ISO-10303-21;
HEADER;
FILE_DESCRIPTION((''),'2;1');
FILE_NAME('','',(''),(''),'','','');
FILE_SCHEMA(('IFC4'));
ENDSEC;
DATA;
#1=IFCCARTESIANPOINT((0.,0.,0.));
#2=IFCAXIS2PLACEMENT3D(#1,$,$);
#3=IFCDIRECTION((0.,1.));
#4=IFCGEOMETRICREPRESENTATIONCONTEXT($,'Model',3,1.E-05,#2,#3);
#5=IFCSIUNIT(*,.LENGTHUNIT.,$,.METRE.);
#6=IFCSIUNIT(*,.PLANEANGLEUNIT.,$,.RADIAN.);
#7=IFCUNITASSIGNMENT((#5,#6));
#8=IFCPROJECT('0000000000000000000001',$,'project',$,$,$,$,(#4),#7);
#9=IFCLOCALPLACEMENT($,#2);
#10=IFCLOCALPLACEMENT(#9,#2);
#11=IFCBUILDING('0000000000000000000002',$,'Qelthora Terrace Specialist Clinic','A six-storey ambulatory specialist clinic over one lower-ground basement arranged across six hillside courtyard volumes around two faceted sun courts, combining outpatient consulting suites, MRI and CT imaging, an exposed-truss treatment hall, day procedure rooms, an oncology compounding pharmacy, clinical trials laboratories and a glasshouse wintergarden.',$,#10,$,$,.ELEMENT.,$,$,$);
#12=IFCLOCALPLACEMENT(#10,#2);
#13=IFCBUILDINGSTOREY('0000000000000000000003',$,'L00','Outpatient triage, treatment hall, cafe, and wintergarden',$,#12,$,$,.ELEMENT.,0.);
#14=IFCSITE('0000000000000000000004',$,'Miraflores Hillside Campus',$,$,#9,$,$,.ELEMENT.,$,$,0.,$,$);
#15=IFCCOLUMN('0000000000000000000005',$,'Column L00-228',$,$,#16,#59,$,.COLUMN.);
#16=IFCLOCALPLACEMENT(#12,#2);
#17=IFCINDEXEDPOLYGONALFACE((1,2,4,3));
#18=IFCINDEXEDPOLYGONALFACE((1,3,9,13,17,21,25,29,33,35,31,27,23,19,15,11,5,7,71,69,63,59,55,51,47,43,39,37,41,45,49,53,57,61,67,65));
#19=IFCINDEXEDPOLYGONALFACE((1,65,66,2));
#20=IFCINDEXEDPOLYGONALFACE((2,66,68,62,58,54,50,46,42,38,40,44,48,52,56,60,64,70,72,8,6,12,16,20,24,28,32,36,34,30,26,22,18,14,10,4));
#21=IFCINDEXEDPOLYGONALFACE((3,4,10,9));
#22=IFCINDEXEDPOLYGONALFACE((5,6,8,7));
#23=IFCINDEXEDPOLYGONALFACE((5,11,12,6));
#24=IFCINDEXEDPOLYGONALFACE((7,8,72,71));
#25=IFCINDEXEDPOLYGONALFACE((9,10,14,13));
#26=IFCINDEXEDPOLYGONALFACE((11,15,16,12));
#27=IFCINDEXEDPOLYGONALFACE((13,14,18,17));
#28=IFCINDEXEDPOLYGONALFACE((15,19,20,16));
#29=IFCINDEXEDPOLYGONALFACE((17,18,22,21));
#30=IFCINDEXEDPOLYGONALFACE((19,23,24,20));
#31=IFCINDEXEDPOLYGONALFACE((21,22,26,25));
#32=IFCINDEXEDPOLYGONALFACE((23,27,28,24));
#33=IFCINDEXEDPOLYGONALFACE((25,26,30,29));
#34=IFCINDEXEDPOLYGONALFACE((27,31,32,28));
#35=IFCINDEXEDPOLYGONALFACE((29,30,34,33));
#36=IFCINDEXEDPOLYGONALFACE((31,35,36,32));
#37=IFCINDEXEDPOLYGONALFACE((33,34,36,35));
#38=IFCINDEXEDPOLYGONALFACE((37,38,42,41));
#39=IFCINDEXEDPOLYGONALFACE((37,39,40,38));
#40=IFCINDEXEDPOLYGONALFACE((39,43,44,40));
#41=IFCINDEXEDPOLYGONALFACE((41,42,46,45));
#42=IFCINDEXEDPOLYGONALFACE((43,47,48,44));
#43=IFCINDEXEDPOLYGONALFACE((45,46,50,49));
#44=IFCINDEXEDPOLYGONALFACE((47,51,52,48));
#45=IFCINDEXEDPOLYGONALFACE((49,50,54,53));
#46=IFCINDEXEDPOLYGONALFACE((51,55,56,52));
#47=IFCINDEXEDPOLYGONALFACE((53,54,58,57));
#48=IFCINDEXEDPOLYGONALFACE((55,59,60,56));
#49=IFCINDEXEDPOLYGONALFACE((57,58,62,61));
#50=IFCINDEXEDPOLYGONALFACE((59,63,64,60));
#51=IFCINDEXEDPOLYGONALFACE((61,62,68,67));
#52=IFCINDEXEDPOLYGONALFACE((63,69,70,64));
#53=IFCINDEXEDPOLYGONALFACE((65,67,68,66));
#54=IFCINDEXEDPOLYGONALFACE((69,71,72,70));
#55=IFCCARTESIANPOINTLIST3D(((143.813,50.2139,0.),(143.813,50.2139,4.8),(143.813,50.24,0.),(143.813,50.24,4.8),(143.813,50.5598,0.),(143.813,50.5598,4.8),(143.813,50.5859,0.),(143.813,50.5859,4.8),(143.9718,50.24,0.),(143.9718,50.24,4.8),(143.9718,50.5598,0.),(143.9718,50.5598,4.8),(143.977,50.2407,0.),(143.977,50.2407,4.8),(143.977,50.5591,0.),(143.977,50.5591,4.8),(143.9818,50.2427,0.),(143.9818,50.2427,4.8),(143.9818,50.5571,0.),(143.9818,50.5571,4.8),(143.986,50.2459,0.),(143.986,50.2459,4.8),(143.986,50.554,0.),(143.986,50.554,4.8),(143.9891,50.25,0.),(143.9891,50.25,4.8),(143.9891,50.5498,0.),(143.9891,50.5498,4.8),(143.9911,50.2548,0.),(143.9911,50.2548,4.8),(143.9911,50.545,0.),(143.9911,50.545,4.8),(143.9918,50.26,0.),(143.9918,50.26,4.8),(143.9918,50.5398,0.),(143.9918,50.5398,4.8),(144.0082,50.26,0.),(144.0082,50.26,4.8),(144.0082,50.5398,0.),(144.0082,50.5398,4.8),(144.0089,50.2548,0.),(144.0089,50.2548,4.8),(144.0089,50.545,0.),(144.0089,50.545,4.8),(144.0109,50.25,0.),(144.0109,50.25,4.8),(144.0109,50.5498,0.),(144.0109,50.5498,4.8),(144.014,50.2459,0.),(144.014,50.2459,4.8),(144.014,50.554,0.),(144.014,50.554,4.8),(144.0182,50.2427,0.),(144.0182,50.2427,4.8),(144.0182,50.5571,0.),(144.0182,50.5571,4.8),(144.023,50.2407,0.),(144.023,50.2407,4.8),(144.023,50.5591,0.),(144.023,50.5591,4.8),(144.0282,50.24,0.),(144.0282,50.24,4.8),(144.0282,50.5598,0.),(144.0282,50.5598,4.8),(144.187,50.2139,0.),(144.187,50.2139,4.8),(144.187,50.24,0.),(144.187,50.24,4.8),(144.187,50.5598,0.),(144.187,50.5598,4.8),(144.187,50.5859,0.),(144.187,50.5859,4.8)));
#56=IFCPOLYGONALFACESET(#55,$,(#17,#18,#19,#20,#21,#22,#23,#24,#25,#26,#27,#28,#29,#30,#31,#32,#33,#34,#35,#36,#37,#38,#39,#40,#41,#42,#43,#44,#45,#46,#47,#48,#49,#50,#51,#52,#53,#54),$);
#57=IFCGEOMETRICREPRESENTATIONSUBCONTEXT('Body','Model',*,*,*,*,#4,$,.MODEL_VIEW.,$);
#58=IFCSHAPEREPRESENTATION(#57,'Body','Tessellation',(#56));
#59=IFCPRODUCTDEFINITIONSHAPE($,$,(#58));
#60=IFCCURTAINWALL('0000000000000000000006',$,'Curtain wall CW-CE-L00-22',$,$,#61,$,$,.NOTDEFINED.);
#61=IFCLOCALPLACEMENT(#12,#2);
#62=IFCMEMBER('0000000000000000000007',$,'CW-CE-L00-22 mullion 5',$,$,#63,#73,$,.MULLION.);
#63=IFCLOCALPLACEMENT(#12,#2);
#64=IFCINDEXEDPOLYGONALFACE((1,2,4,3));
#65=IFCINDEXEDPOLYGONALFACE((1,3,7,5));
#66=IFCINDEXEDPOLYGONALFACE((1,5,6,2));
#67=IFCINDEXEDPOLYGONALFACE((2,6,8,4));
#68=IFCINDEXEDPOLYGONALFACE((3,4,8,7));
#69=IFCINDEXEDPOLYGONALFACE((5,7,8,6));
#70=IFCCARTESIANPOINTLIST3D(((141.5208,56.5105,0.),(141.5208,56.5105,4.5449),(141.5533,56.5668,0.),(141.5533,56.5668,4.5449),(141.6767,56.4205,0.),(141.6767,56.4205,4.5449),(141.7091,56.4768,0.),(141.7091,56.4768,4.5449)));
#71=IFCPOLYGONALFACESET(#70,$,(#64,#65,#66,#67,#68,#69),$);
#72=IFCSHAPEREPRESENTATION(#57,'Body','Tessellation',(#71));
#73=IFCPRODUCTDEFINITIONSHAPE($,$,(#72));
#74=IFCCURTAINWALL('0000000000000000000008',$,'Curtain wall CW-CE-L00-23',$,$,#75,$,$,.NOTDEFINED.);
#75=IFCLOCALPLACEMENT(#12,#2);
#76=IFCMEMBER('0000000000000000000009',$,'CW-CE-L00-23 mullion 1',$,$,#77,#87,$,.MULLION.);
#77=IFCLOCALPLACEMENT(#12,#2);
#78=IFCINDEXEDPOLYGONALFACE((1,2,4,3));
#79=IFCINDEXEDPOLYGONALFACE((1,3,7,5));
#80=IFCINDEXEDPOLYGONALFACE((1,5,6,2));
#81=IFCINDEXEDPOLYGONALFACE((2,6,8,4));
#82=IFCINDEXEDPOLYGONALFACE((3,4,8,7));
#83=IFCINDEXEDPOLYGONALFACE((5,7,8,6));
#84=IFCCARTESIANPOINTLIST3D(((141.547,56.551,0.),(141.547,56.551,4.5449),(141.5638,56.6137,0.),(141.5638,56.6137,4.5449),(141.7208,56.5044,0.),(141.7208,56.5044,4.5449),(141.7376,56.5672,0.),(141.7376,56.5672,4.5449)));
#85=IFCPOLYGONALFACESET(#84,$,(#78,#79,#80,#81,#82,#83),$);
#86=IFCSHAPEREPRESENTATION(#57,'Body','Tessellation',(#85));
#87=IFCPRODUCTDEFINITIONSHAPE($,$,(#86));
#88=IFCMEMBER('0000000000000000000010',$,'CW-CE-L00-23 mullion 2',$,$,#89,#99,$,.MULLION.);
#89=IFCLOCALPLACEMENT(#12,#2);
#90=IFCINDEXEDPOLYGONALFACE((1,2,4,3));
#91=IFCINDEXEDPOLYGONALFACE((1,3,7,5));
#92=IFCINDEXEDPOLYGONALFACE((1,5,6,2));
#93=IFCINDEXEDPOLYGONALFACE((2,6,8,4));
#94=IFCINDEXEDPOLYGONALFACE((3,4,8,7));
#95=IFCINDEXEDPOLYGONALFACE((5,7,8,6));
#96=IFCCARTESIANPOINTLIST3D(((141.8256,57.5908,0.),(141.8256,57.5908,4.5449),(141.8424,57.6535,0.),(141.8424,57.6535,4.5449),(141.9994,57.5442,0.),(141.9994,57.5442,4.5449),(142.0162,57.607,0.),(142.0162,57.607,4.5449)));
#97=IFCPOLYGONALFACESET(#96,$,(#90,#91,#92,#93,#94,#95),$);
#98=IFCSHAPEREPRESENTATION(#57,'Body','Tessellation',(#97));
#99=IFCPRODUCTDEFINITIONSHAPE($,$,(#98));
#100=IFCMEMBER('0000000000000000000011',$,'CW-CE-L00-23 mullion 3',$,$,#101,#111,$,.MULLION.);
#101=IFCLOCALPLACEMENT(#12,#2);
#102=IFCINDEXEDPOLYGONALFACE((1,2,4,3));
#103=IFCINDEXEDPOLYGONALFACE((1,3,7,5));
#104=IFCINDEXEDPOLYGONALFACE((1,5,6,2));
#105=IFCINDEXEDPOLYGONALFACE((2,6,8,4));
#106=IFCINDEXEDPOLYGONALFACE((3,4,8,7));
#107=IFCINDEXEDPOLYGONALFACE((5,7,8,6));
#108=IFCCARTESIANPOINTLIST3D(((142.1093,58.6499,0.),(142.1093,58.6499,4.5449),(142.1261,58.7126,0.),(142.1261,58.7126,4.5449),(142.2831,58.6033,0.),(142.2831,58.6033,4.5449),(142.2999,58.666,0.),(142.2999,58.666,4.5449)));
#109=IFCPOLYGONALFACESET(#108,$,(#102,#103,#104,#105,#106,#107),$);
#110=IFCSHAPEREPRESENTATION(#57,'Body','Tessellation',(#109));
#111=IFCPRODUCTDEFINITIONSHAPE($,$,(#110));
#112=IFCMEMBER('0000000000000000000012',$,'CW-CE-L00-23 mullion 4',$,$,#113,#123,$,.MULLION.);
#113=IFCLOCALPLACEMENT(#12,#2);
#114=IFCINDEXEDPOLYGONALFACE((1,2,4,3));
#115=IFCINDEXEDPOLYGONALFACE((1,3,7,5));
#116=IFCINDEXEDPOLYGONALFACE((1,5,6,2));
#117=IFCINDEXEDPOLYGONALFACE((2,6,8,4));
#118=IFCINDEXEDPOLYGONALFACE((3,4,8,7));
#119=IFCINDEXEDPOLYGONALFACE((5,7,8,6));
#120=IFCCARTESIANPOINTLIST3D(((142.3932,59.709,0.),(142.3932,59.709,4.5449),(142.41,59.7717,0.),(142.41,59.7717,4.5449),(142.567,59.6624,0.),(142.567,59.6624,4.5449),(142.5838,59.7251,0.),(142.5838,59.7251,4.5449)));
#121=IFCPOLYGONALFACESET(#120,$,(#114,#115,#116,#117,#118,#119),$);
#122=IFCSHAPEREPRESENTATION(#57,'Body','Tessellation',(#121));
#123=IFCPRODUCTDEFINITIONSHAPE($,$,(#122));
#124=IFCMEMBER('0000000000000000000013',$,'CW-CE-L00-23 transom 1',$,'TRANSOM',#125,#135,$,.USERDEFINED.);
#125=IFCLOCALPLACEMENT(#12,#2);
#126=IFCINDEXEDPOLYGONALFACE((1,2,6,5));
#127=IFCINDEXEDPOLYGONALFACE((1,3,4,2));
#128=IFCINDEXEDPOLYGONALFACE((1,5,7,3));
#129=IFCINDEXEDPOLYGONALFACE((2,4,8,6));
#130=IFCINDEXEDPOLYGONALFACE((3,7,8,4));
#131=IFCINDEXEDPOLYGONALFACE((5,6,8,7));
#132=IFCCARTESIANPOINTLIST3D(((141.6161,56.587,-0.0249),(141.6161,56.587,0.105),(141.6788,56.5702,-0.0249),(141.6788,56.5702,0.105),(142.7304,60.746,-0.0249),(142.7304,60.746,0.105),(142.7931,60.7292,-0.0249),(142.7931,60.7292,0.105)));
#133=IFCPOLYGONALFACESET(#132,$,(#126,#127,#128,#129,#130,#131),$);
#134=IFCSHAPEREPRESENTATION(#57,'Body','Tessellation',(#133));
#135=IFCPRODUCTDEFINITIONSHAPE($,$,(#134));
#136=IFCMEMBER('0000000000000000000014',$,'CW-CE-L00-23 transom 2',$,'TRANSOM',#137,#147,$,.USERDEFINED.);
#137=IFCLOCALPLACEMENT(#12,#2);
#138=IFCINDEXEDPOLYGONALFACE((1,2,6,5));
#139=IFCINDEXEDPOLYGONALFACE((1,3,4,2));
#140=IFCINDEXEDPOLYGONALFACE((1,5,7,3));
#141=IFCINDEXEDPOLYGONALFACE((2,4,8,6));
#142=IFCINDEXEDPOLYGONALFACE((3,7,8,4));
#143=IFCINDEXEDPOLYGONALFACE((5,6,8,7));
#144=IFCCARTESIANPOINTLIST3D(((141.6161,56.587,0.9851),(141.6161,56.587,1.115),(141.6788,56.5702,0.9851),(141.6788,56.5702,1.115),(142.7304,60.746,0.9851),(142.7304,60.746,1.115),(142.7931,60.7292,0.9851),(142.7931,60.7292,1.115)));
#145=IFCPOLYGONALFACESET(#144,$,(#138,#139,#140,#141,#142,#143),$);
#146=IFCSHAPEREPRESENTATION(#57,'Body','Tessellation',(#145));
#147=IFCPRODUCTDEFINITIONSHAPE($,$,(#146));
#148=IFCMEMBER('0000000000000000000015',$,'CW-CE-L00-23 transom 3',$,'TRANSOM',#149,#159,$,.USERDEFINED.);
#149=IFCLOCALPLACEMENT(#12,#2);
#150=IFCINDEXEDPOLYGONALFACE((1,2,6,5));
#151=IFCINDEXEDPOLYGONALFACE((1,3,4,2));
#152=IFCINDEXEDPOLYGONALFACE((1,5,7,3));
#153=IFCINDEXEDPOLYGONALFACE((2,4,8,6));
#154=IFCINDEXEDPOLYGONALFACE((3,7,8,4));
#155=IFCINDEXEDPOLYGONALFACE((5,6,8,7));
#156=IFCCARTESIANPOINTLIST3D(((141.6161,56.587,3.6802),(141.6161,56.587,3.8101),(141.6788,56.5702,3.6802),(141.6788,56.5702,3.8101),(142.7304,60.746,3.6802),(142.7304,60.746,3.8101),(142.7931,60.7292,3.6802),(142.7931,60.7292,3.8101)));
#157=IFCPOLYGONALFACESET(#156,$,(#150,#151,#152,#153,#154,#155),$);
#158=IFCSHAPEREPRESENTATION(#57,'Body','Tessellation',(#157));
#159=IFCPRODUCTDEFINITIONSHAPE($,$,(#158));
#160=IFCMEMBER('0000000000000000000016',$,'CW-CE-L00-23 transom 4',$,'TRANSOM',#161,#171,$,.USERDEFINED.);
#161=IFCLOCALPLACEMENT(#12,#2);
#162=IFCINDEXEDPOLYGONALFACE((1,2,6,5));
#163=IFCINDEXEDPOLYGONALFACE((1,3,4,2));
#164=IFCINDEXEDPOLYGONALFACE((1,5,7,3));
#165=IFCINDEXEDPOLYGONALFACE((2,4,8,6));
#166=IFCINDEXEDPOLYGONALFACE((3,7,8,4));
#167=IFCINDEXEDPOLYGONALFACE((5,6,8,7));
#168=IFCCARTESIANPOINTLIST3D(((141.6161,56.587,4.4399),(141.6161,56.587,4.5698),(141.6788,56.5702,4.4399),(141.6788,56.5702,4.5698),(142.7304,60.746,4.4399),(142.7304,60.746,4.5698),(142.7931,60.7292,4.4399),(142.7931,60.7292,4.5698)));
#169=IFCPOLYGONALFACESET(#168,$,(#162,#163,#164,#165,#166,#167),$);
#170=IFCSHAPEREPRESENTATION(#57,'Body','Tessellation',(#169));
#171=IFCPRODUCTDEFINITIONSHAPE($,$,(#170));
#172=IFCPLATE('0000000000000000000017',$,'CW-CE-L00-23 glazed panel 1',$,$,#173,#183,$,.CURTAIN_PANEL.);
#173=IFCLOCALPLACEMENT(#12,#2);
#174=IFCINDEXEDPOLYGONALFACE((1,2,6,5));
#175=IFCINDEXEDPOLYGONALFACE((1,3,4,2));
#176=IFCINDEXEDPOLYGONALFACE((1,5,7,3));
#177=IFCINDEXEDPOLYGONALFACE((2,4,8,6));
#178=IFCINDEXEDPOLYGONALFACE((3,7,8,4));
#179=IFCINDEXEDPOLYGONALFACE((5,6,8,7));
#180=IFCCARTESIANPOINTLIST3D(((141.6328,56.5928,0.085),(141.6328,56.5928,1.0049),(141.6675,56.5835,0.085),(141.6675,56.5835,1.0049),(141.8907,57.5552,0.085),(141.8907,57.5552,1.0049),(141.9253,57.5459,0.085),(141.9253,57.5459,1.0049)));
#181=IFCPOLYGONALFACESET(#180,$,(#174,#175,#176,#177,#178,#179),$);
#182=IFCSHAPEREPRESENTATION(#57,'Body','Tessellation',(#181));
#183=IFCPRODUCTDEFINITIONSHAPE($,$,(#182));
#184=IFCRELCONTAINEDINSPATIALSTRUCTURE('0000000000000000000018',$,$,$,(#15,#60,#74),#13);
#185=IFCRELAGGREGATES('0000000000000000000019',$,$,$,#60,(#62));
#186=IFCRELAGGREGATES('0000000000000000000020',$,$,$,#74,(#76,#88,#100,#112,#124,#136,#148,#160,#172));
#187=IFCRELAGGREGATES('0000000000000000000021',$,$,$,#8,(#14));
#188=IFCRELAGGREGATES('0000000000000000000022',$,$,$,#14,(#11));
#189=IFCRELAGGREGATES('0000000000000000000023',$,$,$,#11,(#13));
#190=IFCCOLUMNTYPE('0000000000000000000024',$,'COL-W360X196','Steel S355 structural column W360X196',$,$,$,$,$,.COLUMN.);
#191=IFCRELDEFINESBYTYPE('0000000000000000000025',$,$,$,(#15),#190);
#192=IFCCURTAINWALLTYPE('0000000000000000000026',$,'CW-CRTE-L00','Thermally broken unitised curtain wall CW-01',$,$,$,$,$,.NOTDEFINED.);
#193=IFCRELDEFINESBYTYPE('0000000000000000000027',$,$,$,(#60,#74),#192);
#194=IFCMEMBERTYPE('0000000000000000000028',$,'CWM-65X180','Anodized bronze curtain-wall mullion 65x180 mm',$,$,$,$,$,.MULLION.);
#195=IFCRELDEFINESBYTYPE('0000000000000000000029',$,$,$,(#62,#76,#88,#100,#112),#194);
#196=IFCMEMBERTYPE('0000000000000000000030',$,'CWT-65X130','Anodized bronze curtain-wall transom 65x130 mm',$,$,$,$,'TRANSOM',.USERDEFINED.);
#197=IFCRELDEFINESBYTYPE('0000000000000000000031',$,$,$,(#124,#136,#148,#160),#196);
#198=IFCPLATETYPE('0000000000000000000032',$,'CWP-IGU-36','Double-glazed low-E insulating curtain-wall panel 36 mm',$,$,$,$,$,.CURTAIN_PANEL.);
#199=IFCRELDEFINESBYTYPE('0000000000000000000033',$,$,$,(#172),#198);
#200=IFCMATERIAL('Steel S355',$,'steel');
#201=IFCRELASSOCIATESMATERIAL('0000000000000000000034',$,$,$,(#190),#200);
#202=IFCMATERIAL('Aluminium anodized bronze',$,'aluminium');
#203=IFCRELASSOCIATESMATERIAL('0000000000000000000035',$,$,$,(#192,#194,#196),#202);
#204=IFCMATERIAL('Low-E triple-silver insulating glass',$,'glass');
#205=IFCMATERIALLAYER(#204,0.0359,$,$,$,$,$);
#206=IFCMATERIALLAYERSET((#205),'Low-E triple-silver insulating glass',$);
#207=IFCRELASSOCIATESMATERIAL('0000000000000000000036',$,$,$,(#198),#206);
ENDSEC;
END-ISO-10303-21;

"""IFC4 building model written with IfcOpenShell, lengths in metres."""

from ifc_helpers import new_model, si_unit, direction, frame, origin, origin_2d, place, context, subcontext, project, spatial, rectangle, i_section, extrude, material, layer, layer_set, material_profile, profile_set, type_object, element, aggregate, save


model = new_model("IFC4")

# Units and contexts
model_context = context("Model", 3, precision=1e-05, world=origin(), true_north=direction((0.0, 1.0)))
body_context = subcontext(model_context, "Body", "Model", "MODEL_VIEW")
ifc_project = project(units=[si_unit("LENGTHUNIT", "METRE"), si_unit("PLANEANGLEUNIT", "RADIAN")], contexts=[model_context])

# Site, building, storey
site_placement = place(None, origin())
site = spatial("IfcSite", under=ifc_project, at=site_placement, Name="Miraflores Hillside Campus", CompositionType="ELEMENT", RefElevation=0.0)
building_placement = place(site_placement, origin())
building = spatial("IfcBuilding", under=site, at=building_placement, Name="Qelthora Terrace Specialist Clinic", Description="A six-storey ambulatory specialist clinic over one lower-ground basement arranged across six hillside courtyard volumes around two faceted sun courts, combining outpatient consulting suites, MRI and CT imaging, an exposed-truss treatment hall, day procedure rooms, an oncology compounding pharmacy, clinical trials laboratories and a glasshouse wintergarden.", CompositionType="ELEMENT")
storey_placement = place(building_placement, origin())
storey = spatial("IfcBuildingStorey", under=building, at=storey_placement, Name="L00", Description="Outpatient triage, treatment hall, cafe, and wintergarden", CompositionType="ELEMENT", Elevation=0.0)

# Column
ifc_material_1 = material(Name="Steel S355", Category="steel")
ifc_material_profile_1 = material_profile(ifc_material_1, i_section(OverallWidth=0.374, OverallDepth=0.3721, WebThickness=0.0164, FlangeThickness=0.0261, FilletRadius=0.02, at=origin_2d()), Name="W360X196")
ifc_profile_set_1 = profile_set([ifc_material_profile_1], Name="Steel S355")
column_type_1 = type_object("IfcColumnType", Name="COL-W360X196", Description="Steel S355 structural column W360X196", PredefinedType="COLUMN", material=ifc_profile_set_1)
column_1_placement = place(storey_placement, frame((144.0, 50.3999, 0.0), z_axis=(0.0, 0.0, 1.0), x_axis=(1.0, 0.0, 0.0)))
element("IfcColumn", 1, at=column_1_placement, inside=storey, type_object=column_type_1, Name="Column L00-228", PredefinedType="COLUMN", context=body_context, shape_type="SweptSolid", body=[
    extrude(i_section(OverallWidth=0.374, OverallDepth=0.3721, WebThickness=0.0164, FlangeThickness=0.0261, FilletRadius=0.02, at=origin_2d()), origin(), (0.0, 0.0, 1.0), 4.8),
])

# Curtain wall, member
ifc_material_2 = material(Name="Aluminium anodized bronze", Category="aluminium")
curtain_wall_type = type_object("IfcCurtainWallType", Name="CW-CRTE-L00", Description="Thermally broken unitised curtain wall CW-01", PredefinedType="NOTDEFINED", material=ifc_material_2)
curtain_wall_1_placement = place(storey_placement, origin())
curtain_wall_1 = element("IfcCurtainWall", 2, at=curtain_wall_1_placement, inside=storey, type_object=curtain_wall_type, Name="Curtain wall CW-CE-L00-22", PredefinedType="NOTDEFINED")
ifc_material_profile_2 = material_profile(ifc_material_2, rectangle(XDim=0.0649, YDim=0.1799, at=origin_2d()), Name="CWM65X180")
ifc_profile_set_2 = profile_set([ifc_material_profile_2], Name="Aluminium anodized bronze")
member_type_1 = type_object("IfcMemberType", Name="CWM-65X180", Description="Anodized bronze curtain-wall mullion 65x180 mm", PredefinedType="MULLION", material=ifc_profile_set_2)
member_1_placement = place(storey_placement, frame((141.615, 56.4937, 0.0), z_axis=(0.0, 0.0, 1.0), x_axis=(0.5, 0.866025, 0.0)))
member_1 = element("IfcMember", 3, at=member_1_placement, type_object=member_type_1, Name="CW-CE-L00-22 mullion 5", PredefinedType="MULLION", context=body_context, shape_type="SweptSolid", body=[
    extrude(rectangle(XDim=0.0649, YDim=0.1799, at=origin_2d()), origin(), (0.0, 0.0, 1.0), 4.5449),
])
aggregate(curtain_wall_1, [member_1])

# Curtain wall, members, plate
curtain_wall_2_placement = place(storey_placement, origin())
curtain_wall_2 = element("IfcCurtainWall", 4, at=curtain_wall_2_placement, inside=storey, type_object=curtain_wall_type, Name="Curtain wall CW-CE-L00-23", PredefinedType="NOTDEFINED")
member_2_placement = place(storey_placement, frame((141.6423, 56.5591, 0.0), z_axis=(0.0, 0.0, 1.0), x_axis=(0.25882, 0.965926, 0.0)))
member_2 = element("IfcMember", 5, at=member_2_placement, type_object=member_type_1, Name="CW-CE-L00-23 mullion 1", PredefinedType="MULLION", context=body_context, shape_type="SweptSolid", body=[
    extrude(rectangle(XDim=0.0649, YDim=0.1799, at=origin_2d()), origin(), (0.0, 0.0, 1.0), 4.5449),
])
member_3_placement = place(storey_placement, frame((141.9209, 57.5989, 0.0), z_axis=(0.0, 0.0, 1.0), x_axis=(0.25882, 0.965926, 0.0)))
member_3 = element("IfcMember", 6, at=member_3_placement, type_object=member_type_1, Name="CW-CE-L00-23 mullion 2", PredefinedType="MULLION", context=body_context, shape_type="SweptSolid", body=[
    extrude(rectangle(XDim=0.0649, YDim=0.1799, at=origin_2d()), origin(), (0.0, 0.0, 1.0), 4.5449),
])
member_4_placement = place(storey_placement, frame((142.2046, 58.658, 0.0), z_axis=(0.0, 0.0, 1.0), x_axis=(0.25882, 0.965926, 0.0)))
member_4 = element("IfcMember", 7, at=member_4_placement, type_object=member_type_1, Name="CW-CE-L00-23 mullion 3", PredefinedType="MULLION", context=body_context, shape_type="SweptSolid", body=[
    extrude(rectangle(XDim=0.0649, YDim=0.1799, at=origin_2d()), origin(), (0.0, 0.0, 1.0), 4.5449),
])
member_5_placement = place(storey_placement, frame((142.4885, 59.717, 0.0), z_axis=(0.0, 0.0, 1.0), x_axis=(0.25882, 0.965926, 0.0)))
member_5 = element("IfcMember", 8, at=member_5_placement, type_object=member_type_1, Name="CW-CE-L00-23 mullion 4", PredefinedType="MULLION", context=body_context, shape_type="SweptSolid", body=[
    extrude(rectangle(XDim=0.0649, YDim=0.1799, at=origin_2d()), origin(), (0.0, 0.0, 1.0), 4.5449),
])
ifc_material_profile_3 = material_profile(ifc_material_2, rectangle(XDim=0.0649, YDim=0.1299, at=origin_2d()), Name="CWT65X130")
ifc_profile_set_3 = profile_set([ifc_material_profile_3], Name="Aluminium anodized bronze")
member_type_2 = type_object("IfcMemberType", Name="CWT-65X130", Description="Anodized bronze curtain-wall transom 65x130 mm", ElementType="TRANSOM", PredefinedType="USERDEFINED", material=ifc_profile_set_3)
member_6_placement = place(storey_placement, frame((141.6475, 56.5786, 0.04), z_axis=(0.258792, 0.965933, 0.0), x_axis=(-0.965933, 0.258792, 0.0)))
member_6 = element("IfcMember", 9, at=member_6_placement, type_object=member_type_2, Name="CW-CE-L00-23 transom 1", ObjectType="TRANSOM", PredefinedType="USERDEFINED", context=body_context, shape_type="SweptSolid", body=[
    extrude(rectangle(XDim=0.0649, YDim=0.1299, at=origin_2d()), origin(), (0.0, 0.0, 1.0), 4.3057),
])
member_7_placement = place(storey_placement, frame((141.6475, 56.5786, 1.05), z_axis=(0.258792, 0.965933, 0.0), x_axis=(-0.965933, 0.258792, 0.0)))
member_7 = element("IfcMember", 10, at=member_7_placement, type_object=member_type_2, Name="CW-CE-L00-23 transom 2", ObjectType="TRANSOM", PredefinedType="USERDEFINED", context=body_context, shape_type="SweptSolid", body=[
    extrude(rectangle(XDim=0.0649, YDim=0.1299, at=origin_2d()), origin(), (0.0, 0.0, 1.0), 4.3057),
])
member_8_placement = place(storey_placement, frame((141.6475, 56.5786, 3.7451), z_axis=(0.258792, 0.965933, 0.0), x_axis=(-0.965933, 0.258792, 0.0)))
member_8 = element("IfcMember", 11, at=member_8_placement, type_object=member_type_2, Name="CW-CE-L00-23 transom 3", ObjectType="TRANSOM", PredefinedType="USERDEFINED", context=body_context, shape_type="SweptSolid", body=[
    extrude(rectangle(XDim=0.0649, YDim=0.1299, at=origin_2d()), origin(), (0.0, 0.0, 1.0), 4.3057),
])
member_9_placement = place(storey_placement, frame((141.6475, 56.5786, 4.5049), z_axis=(0.258792, 0.965933, 0.0), x_axis=(-0.965933, 0.258792, 0.0)))
member_9 = element("IfcMember", 12, at=member_9_placement, type_object=member_type_2, Name="CW-CE-L00-23 transom 4", ObjectType="TRANSOM", PredefinedType="USERDEFINED", context=body_context, shape_type="SweptSolid", body=[
    extrude(rectangle(XDim=0.0649, YDim=0.1299, at=origin_2d()), origin(), (0.0, 0.0, 1.0), 4.3057),
])
ifc_material_3 = material(Name="Low-E triple-silver insulating glass", Category="glass")
ifc_layer_1 = layer(ifc_material_3, 0.0359)
ifc_layer_set_1 = layer_set([ifc_layer_1], Name="Low-E triple-silver insulating glass")
plate_type_1 = type_object("IfcPlateType", Name="CWP-IGU-36", Description="Double-glazed low-E insulating curtain-wall panel 36 mm", PredefinedType="CURTAIN_PANEL", material=ifc_layer_set_1)
plate_1_placement = place(storey_placement, frame((141.7791, 57.0693, 0.085), z_axis=(0.0, 0.0, 1.0), x_axis=(0.258819, 0.965926, 0.0)))
plate_1 = element("IfcPlate", 13, at=plate_1_placement, type_object=plate_type_1, Name="CW-CE-L00-23 glazed panel 1", PredefinedType="CURTAIN_PANEL", context=body_context, shape_type="SweptSolid", body=[
    extrude(rectangle(XDim=0.9963, YDim=0.0359, at=origin_2d()), origin(), (0.0, 0.0, 1.0), 0.9199),
])
aggregate(curtain_wall_2, [member_2, member_3, member_4, member_5, member_6, member_7, member_8, member_9, plate_1])

save(model, "model.ifc")
